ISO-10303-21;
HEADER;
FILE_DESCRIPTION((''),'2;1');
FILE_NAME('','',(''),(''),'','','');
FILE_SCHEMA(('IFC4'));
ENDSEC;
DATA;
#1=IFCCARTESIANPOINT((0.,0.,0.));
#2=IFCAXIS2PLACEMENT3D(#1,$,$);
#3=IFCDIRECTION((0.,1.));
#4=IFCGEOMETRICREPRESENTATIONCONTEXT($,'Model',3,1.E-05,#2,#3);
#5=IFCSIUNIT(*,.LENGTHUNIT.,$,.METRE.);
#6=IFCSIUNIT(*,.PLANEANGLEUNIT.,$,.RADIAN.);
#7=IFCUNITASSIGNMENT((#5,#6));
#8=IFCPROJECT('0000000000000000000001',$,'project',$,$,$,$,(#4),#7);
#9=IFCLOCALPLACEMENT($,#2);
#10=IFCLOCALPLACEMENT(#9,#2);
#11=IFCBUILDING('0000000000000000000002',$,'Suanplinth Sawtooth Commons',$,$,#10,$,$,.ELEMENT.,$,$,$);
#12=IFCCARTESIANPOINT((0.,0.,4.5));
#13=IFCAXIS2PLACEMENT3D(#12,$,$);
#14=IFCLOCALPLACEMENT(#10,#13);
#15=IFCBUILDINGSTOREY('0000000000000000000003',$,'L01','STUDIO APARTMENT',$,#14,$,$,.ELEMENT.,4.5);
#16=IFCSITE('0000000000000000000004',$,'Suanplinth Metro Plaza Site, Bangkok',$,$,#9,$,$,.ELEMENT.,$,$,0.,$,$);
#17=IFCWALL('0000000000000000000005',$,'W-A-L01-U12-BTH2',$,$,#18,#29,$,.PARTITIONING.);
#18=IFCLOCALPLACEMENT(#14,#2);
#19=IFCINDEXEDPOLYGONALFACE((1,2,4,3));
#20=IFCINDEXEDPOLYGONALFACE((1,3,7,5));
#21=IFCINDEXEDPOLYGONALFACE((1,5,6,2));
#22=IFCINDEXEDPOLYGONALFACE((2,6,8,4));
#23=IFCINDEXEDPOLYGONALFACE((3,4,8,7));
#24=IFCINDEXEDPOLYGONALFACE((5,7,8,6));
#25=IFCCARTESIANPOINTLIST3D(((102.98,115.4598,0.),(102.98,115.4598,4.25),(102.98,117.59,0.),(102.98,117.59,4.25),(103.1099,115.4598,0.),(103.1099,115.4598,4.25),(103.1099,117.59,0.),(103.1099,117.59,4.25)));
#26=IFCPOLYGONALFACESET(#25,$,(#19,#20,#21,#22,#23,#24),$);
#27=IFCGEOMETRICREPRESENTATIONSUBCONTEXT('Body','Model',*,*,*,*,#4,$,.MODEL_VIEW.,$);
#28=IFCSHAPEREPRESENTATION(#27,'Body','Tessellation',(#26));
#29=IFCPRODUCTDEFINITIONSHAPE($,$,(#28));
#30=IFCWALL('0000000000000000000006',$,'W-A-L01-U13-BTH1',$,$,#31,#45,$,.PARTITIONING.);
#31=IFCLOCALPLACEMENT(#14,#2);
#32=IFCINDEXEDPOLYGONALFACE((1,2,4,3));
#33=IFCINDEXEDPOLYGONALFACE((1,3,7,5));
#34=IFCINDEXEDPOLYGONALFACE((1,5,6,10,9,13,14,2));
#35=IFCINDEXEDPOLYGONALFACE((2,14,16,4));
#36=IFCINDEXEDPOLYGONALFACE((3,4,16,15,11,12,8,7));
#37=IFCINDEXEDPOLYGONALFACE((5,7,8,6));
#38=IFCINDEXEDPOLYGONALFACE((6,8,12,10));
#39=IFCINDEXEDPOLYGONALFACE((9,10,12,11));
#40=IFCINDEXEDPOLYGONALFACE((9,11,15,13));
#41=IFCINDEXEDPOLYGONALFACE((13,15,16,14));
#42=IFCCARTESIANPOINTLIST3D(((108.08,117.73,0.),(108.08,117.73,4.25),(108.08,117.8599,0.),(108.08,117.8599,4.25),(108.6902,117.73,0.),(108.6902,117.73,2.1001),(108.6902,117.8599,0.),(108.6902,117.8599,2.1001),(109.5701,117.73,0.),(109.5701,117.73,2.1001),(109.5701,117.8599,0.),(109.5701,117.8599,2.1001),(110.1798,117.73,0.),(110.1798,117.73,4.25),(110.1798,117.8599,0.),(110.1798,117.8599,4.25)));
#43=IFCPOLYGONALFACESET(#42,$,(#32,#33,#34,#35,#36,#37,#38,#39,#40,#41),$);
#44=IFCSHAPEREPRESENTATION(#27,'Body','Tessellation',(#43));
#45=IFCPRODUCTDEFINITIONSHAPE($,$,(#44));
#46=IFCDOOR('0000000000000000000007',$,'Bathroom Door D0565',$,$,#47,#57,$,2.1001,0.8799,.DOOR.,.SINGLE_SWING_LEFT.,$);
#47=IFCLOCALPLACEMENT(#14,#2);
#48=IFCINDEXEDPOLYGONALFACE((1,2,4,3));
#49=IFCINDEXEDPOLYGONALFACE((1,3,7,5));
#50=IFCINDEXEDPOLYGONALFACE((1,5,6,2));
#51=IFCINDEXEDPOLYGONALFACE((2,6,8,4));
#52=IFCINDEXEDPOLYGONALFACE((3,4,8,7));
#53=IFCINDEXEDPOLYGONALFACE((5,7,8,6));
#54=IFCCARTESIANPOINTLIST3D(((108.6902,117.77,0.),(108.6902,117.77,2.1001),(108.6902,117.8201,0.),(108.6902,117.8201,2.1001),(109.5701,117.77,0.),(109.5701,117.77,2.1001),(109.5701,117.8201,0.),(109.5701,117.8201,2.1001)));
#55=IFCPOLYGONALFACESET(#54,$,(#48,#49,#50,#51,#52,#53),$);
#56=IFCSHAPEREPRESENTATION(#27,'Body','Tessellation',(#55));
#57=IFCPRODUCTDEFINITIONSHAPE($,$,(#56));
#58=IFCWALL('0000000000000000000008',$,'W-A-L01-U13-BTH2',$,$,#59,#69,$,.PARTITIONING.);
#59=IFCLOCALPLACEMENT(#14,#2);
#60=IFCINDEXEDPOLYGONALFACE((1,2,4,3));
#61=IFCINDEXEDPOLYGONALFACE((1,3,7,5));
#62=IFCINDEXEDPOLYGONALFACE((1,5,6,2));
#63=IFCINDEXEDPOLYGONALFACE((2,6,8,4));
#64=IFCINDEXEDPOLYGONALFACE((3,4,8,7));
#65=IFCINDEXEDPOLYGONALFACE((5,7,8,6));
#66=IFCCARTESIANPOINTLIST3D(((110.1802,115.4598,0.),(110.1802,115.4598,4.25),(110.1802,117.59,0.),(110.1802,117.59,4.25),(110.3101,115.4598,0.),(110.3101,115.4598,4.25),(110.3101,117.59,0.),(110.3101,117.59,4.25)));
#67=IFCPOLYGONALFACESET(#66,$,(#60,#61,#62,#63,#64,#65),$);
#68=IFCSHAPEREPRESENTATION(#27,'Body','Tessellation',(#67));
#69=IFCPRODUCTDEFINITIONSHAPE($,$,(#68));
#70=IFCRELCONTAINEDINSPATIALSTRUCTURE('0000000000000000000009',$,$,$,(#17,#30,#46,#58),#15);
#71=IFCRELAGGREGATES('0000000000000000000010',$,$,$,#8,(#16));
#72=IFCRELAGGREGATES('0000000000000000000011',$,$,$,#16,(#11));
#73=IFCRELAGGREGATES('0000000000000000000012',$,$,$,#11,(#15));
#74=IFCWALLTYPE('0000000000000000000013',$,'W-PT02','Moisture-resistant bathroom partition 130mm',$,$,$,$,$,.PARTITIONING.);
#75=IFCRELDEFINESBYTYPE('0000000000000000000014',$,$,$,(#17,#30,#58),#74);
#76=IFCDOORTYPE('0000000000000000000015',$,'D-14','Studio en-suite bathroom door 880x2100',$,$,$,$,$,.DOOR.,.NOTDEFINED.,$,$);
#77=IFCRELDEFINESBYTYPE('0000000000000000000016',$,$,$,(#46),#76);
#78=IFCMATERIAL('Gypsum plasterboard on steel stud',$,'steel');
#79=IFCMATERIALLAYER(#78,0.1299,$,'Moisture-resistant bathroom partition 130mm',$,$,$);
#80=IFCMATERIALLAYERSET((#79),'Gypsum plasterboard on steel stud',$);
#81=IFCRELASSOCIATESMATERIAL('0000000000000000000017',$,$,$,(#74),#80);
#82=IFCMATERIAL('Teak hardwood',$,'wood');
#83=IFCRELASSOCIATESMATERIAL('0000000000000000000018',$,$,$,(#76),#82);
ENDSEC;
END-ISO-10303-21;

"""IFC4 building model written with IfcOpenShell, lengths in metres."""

from ifc_helpers import new_model, si_unit, direction, frame, frame_2d, origin, place, context, subcontext, project, spatial, rectangle, extrude, material, layer, layer_set, type_object, element, fill, save


model = new_model("IFC4")

# Units and contexts
model_context = context("Model", 3, precision=1e-05, world=origin(), true_north=direction((0.0, 1.0)))
body_context = subcontext(model_context, "Body", "Model", "MODEL_VIEW")
ifc_project = project(units=[si_unit("LENGTHUNIT", "METRE"), si_unit("PLANEANGLEUNIT", "RADIAN")], contexts=[model_context])

# Site, building, storey
site_placement = place(None, origin())
site = spatial("IfcSite", under=ifc_project, at=site_placement, Name="Suanplinth Metro Plaza Site, Bangkok", CompositionType="ELEMENT", RefElevation=0.0)
building_placement = place(site_placement, origin())
building = spatial("IfcBuilding", under=site, at=building_placement, Name="Suanplinth Sawtooth Commons", CompositionType="ELEMENT")
storey_placement = place(building_placement, frame((0.0, 0.0, 4.5)))
storey = spatial("IfcBuildingStorey", under=building, at=storey_placement, Name="L01", Description="STUDIO APARTMENT", CompositionType="ELEMENT", Elevation=4.5)

# Shared definitions
ifc_material_1 = material(Name="Gypsum plasterboard on steel stud", Category="steel")
ifc_material_2 = material(Name="Teak hardwood", Category="wood")

# Wall
ifc_layer_1 = layer(ifc_material_1, 0.1299, Name="Moisture-resistant bathroom partition 130mm")
ifc_layer_set_1 = layer_set([ifc_layer_1], Name="Gypsum plasterboard on steel stud")
wall_type_1 = type_object("IfcWallType", Name="W-PT02", Description="Moisture-resistant bathroom partition 130mm", PredefinedType="PARTITIONING", material=ifc_layer_set_1)
wall_1_placement = place(storey_placement, frame((103.0449, 115.46, 0.0), z_axis=(0.0, 0.0, 1.0), x_axis=(0.0, 1.0, 0.0)))
element("IfcWall", 1, at=wall_1_placement, inside=storey, type_object=wall_type_1, Name="W-A-L01-U12-BTH2", PredefinedType="PARTITIONING", context=body_context, shape_type="SweptSolid", body=[
    extrude(rectangle(XDim=2.1301, YDim=0.1299, at=frame_2d((1.0649, 0.0))), origin(), (0.0, 0.0, 1.0), 4.25),
])

# Wall, opening, door
wall_2_placement = place(storey_placement, frame((108.0801, 117.7949, 0.0), z_axis=(0.0, 0.0, 1.0), x_axis=(1.0, 0.0, 0.0)))
wall_2 = element("IfcWall", 2, at=wall_2_placement, inside=storey, type_object=wall_type_1, Name="W-A-L01-U13-BTH1", PredefinedType="PARTITIONING", context=body_context, shape_type="SweptSolid", body=[
    extrude(rectangle(XDim=2.0999, YDim=0.1299, at=frame_2d((1.0498, 0.0))), origin(), (0.0, 0.0, 1.0), 4.25),
])
opening_1_placement = place(wall_2_placement, frame((0.6101, 0.0, 0.0)))
opening_1 = element("IfcOpeningElement", 3, at=opening_1_placement, cuts=wall_2, PredefinedType="OPENING", context=body_context, shape_type="SweptSolid", body=[
    extrude(rectangle(XDim=0.8799, YDim=2.1001, at=frame_2d((0.4399, 1.05))), frame((0.0, 0.0798, 0.0), z_axis=(0.0, -1.0, 0.0), x_axis=(1.0, 0.0, 0.0)), (0.0, 0.0, 1.0), 0.1597),
])
door_type_1 = type_object("IfcDoorType", Name="D-14", Description="Studio en-suite bathroom door 880x2100", OperationType="NOTDEFINED", PredefinedType="DOOR", material=ifc_material_2)
door_1_placement = place(opening_1_placement, frame((0.8799, 0.0, 0.0), z_axis=(0.0, 0.0, 1.0), x_axis=(-1.0, 0.0, 0.0)))
door_1 = element("IfcDoor", 4, at=door_1_placement, inside=storey, type_object=door_type_1, Name="Bathroom Door D0565", OperationType="SINGLE_SWING_LEFT", OverallHeight=2.1001, OverallWidth=0.8799, PredefinedType="DOOR", context=body_context, shape_type="SweptSolid", body=[
    extrude(rectangle(XDim=0.8799, YDim=2.1001, at=frame_2d((0.4399, 1.05))), frame((0.0, 0.0249, 0.0), z_axis=(0.0, -1.0, 0.0), x_axis=(1.0, 0.0, 0.0)), (0.0, 0.0, 1.0), 0.05),
])
fill(opening_1, door_1)

# Wall
wall_3_placement = place(storey_placement, frame((110.2451, 115.46, 0.0), z_axis=(0.0, 0.0, 1.0), x_axis=(0.0, 1.0, 0.0)))
element("IfcWall", 5, at=wall_3_placement, inside=storey, type_object=wall_type_1, Name="W-A-L01-U13-BTH2", PredefinedType="PARTITIONING", context=body_context, shape_type="SweptSolid", body=[
    extrude(rectangle(XDim=2.1301, YDim=0.1299, at=frame_2d((1.0649, 0.0))), origin(), (0.0, 0.0, 1.0), 4.25),
])

save(model, "model.ifc")
